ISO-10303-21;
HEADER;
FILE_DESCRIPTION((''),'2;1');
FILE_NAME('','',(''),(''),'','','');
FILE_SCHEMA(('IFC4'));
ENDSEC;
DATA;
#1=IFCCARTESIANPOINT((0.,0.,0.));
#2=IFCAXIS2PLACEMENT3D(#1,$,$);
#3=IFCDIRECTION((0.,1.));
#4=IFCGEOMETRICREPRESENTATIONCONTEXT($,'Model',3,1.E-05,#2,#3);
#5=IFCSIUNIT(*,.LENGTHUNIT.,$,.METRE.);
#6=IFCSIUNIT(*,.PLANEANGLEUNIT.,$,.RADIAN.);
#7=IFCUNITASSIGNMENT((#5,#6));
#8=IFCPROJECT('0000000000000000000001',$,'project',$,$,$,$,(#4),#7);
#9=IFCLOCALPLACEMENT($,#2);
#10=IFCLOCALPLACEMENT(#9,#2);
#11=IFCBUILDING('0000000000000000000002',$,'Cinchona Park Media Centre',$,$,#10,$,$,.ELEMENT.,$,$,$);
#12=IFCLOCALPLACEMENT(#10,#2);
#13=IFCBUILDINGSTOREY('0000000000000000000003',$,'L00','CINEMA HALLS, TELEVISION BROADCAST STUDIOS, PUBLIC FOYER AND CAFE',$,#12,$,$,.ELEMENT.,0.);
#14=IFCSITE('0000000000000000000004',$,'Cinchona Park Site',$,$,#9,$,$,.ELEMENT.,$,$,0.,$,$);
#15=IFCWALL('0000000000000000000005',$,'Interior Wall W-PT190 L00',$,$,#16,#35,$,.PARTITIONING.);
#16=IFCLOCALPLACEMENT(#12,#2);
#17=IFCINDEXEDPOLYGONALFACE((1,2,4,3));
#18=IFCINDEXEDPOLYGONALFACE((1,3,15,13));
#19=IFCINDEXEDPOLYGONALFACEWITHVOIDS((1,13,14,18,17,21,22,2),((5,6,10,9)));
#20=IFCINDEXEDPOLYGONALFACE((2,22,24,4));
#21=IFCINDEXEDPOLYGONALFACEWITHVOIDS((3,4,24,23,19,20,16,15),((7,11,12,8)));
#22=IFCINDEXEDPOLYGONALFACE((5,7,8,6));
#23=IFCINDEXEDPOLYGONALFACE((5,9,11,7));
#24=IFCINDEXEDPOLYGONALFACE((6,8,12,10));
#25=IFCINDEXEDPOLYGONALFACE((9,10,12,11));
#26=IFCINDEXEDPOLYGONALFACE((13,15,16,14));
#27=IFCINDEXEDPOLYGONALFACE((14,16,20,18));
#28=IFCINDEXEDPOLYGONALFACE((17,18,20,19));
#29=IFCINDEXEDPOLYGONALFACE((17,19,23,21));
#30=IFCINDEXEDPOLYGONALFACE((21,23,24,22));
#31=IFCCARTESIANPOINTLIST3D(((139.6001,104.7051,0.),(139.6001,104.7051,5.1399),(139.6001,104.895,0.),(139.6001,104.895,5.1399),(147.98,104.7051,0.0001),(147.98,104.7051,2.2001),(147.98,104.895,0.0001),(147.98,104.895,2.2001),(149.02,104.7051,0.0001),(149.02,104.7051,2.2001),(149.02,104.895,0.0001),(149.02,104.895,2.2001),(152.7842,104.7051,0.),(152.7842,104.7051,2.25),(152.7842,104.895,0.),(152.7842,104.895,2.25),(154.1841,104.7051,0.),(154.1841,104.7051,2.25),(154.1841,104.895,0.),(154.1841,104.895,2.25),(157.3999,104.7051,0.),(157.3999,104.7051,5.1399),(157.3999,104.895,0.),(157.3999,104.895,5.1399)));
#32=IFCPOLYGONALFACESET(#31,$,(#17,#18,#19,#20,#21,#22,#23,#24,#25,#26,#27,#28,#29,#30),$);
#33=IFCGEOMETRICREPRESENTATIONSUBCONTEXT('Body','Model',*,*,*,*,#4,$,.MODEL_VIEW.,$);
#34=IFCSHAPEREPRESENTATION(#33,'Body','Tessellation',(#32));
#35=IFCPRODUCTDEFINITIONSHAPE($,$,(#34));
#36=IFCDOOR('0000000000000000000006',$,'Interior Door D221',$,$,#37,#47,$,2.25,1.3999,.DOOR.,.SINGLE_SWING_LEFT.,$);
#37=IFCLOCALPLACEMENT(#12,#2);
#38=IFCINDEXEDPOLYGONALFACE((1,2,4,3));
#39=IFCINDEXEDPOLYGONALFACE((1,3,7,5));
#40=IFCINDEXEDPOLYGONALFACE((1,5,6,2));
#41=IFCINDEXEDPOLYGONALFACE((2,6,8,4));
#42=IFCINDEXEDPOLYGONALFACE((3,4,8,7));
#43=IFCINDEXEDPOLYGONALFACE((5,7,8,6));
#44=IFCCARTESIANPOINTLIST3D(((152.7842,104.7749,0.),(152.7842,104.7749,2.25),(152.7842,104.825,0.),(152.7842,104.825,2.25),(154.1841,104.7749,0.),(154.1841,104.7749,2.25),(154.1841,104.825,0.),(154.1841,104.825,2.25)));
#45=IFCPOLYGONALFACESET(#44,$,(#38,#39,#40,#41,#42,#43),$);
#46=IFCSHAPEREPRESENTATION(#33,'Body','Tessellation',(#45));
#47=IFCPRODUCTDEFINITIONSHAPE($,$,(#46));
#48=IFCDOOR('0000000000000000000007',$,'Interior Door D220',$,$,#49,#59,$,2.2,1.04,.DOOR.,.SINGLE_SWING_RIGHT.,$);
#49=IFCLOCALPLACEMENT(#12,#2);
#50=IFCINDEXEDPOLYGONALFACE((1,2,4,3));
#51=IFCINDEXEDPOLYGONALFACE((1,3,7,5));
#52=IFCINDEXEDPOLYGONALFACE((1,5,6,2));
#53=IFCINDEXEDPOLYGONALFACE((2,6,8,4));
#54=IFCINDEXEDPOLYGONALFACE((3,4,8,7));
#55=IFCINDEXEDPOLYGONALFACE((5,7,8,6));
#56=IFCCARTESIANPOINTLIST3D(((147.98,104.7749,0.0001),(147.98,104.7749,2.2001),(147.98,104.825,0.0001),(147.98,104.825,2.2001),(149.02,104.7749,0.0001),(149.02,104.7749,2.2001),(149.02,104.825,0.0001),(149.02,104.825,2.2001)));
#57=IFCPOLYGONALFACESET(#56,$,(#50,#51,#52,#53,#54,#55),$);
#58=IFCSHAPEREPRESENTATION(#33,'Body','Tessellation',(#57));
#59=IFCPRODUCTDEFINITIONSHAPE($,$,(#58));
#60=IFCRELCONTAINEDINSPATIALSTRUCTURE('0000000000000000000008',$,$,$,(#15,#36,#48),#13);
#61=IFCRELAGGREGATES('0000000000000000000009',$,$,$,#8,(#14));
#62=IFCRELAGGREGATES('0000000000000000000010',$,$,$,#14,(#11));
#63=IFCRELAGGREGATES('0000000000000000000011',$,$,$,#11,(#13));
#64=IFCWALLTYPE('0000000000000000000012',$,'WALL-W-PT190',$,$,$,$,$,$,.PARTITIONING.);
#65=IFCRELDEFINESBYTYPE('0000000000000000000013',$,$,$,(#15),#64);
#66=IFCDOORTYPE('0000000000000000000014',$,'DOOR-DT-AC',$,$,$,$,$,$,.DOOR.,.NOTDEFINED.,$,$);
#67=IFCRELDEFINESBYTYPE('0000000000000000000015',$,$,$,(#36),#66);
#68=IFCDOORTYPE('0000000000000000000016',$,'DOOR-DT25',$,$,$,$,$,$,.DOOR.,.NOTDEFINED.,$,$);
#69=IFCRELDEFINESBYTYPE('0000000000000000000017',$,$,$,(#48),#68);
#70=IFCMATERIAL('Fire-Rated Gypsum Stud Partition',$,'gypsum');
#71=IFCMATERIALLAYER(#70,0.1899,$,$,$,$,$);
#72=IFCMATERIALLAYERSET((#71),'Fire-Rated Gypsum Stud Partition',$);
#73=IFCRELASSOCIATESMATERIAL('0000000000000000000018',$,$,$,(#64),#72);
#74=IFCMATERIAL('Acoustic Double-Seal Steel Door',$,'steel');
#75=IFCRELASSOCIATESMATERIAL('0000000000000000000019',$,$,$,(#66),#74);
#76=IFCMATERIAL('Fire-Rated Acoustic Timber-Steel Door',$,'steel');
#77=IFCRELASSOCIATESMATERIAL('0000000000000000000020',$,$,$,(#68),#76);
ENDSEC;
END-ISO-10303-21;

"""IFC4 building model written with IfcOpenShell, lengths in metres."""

from ifc_helpers import new_model, si_unit, direction, frame, frame_2d, origin, place, context, subcontext, project, spatial, rectangle, extrude, material, layer, layer_set, type_object, element, fill, save


model = new_model("IFC4")

# Units and contexts
model_context = context("Model", 3, precision=1e-05, world=origin(), true_north=direction((0.0, 1.0)))
body_context = subcontext(model_context, "Body", "Model", "MODEL_VIEW")
ifc_project = project(units=[si_unit("LENGTHUNIT", "METRE"), si_unit("PLANEANGLEUNIT", "RADIAN")], contexts=[model_context])

# Site, building, storey
site_placement = place(None, origin())
site = spatial("IfcSite", under=ifc_project, at=site_placement, Name="Cinchona Park Site", CompositionType="ELEMENT", RefElevation=0.0)
building_placement = place(site_placement, origin())
building = spatial("IfcBuilding", under=site, at=building_placement, Name="Cinchona Park Media Centre", CompositionType="ELEMENT")
storey_placement = place(building_placement, origin())
storey = spatial("IfcBuildingStorey", under=building, at=storey_placement, Name="L00", Description="CINEMA HALLS, TELEVISION BROADCAST STUDIOS, PUBLIC FOYER AND CAFE", CompositionType="ELEMENT", Elevation=0.0)

# Wall, openings, doors
ifc_material_1 = material(Name="Fire-Rated Gypsum Stud Partition", Category="gypsum")
ifc_layer_1 = layer(ifc_material_1, 0.1899)
ifc_layer_set_1 = layer_set([ifc_layer_1], Name="Fire-Rated Gypsum Stud Partition")
wall_type_1 = type_object("IfcWallType", Name="WALL-W-PT190", PredefinedType="PARTITIONING", material=ifc_layer_set_1)
wall_1_placement = place(storey_placement, frame((139.6001, 104.8, 0.0), z_axis=(0.0, 0.0, 1.0), x_axis=(1.0, 0.0, 0.0)))
wall_1 = element("IfcWall", 1, at=wall_1_placement, inside=storey, type_object=wall_type_1, Name="Interior Wall W-PT190 L00", PredefinedType="PARTITIONING", context=body_context, shape_type="SweptSolid", body=[
    extrude(rectangle(XDim=17.7998, YDim=0.1899, at=frame_2d((8.8999, 0.0))), origin(), (0.0, 0.0, 1.0), 5.1399),
])
opening_1_placement = place(wall_1_placement, frame((8.3799, 0.0, 0.0)))
opening_1 = element("IfcOpeningElement", 2, at=opening_1_placement, cuts=wall_1, PredefinedType="OPENING", context=body_context, shape_type="SweptSolid", body=[
    extrude(rectangle(XDim=1.04, YDim=2.2, at=frame_2d((0.52, 1.1001))), frame((0.0, 0.105, 0.0), z_axis=(0.0, -1.0, 0.0), x_axis=(1.0, 0.0, 0.0)), (0.0, 0.0, 1.0), 0.21),
])
opening_2_placement = place(wall_1_placement, frame((13.1841, 0.0, 0.0)))
opening_2 = element("IfcOpeningElement", 3, at=opening_2_placement, cuts=wall_1, PredefinedType="OPENING", context=body_context, shape_type="SweptSolid", body=[
    extrude(rectangle(XDim=1.3999, YDim=2.25, at=frame_2d((0.7, 1.125))), frame((0.0, 0.105, 0.0), z_axis=(0.0, -1.0, 0.0), x_axis=(1.0, 0.0, 0.0)), (0.0, 0.0, 1.0), 0.21),
])
ifc_material_2 = material(Name="Acoustic Double-Seal Steel Door", Category="steel")
door_type_1 = type_object("IfcDoorType", Name="DOOR-DT-AC", OperationType="NOTDEFINED", PredefinedType="DOOR", material=ifc_material_2)
door_1_placement = place(opening_2_placement, origin())
door_1 = element("IfcDoor", 4, at=door_1_placement, inside=storey, type_object=door_type_1, Name="Interior Door D221", OperationType="SINGLE_SWING_LEFT", OverallHeight=2.25, OverallWidth=1.3999, PredefinedType="DOOR", context=body_context, shape_type="SweptSolid", body=[
    extrude(rectangle(XDim=1.3999, YDim=2.25, at=frame_2d((0.7, 1.125))), frame((0.0, 0.0249, 0.0), z_axis=(0.0, -1.0, 0.0), x_axis=(1.0, 0.0, 0.0)), (0.0, 0.0, 1.0), 0.05),
])
fill(opening_2, door_1)
ifc_material_3 = material(Name="Fire-Rated Acoustic Timber-Steel Door", Category="steel")
door_type_2 = type_object("IfcDoorType", Name="DOOR-DT25", OperationType="NOTDEFINED", PredefinedType="DOOR", material=ifc_material_3)
door_2_placement = place(opening_1_placement, origin())
door_2 = element("IfcDoor", 5, at=door_2_placement, inside=storey, type_object=door_type_2, Name="Interior Door D220", OperationType="SINGLE_SWING_RIGHT", OverallHeight=2.2, OverallWidth=1.04, PredefinedType="DOOR", context=body_context, shape_type="SweptSolid", body=[
    extrude(rectangle(XDim=1.04, YDim=2.2, at=frame_2d((0.52, 1.1001))), frame((0.0, 0.0249, 0.0), z_axis=(0.0, -1.0, 0.0), x_axis=(1.0, 0.0, 0.0)), (0.0, 0.0, 1.0), 0.05),
])
fill(opening_1, door_2)

save(model, "model.ifc")
